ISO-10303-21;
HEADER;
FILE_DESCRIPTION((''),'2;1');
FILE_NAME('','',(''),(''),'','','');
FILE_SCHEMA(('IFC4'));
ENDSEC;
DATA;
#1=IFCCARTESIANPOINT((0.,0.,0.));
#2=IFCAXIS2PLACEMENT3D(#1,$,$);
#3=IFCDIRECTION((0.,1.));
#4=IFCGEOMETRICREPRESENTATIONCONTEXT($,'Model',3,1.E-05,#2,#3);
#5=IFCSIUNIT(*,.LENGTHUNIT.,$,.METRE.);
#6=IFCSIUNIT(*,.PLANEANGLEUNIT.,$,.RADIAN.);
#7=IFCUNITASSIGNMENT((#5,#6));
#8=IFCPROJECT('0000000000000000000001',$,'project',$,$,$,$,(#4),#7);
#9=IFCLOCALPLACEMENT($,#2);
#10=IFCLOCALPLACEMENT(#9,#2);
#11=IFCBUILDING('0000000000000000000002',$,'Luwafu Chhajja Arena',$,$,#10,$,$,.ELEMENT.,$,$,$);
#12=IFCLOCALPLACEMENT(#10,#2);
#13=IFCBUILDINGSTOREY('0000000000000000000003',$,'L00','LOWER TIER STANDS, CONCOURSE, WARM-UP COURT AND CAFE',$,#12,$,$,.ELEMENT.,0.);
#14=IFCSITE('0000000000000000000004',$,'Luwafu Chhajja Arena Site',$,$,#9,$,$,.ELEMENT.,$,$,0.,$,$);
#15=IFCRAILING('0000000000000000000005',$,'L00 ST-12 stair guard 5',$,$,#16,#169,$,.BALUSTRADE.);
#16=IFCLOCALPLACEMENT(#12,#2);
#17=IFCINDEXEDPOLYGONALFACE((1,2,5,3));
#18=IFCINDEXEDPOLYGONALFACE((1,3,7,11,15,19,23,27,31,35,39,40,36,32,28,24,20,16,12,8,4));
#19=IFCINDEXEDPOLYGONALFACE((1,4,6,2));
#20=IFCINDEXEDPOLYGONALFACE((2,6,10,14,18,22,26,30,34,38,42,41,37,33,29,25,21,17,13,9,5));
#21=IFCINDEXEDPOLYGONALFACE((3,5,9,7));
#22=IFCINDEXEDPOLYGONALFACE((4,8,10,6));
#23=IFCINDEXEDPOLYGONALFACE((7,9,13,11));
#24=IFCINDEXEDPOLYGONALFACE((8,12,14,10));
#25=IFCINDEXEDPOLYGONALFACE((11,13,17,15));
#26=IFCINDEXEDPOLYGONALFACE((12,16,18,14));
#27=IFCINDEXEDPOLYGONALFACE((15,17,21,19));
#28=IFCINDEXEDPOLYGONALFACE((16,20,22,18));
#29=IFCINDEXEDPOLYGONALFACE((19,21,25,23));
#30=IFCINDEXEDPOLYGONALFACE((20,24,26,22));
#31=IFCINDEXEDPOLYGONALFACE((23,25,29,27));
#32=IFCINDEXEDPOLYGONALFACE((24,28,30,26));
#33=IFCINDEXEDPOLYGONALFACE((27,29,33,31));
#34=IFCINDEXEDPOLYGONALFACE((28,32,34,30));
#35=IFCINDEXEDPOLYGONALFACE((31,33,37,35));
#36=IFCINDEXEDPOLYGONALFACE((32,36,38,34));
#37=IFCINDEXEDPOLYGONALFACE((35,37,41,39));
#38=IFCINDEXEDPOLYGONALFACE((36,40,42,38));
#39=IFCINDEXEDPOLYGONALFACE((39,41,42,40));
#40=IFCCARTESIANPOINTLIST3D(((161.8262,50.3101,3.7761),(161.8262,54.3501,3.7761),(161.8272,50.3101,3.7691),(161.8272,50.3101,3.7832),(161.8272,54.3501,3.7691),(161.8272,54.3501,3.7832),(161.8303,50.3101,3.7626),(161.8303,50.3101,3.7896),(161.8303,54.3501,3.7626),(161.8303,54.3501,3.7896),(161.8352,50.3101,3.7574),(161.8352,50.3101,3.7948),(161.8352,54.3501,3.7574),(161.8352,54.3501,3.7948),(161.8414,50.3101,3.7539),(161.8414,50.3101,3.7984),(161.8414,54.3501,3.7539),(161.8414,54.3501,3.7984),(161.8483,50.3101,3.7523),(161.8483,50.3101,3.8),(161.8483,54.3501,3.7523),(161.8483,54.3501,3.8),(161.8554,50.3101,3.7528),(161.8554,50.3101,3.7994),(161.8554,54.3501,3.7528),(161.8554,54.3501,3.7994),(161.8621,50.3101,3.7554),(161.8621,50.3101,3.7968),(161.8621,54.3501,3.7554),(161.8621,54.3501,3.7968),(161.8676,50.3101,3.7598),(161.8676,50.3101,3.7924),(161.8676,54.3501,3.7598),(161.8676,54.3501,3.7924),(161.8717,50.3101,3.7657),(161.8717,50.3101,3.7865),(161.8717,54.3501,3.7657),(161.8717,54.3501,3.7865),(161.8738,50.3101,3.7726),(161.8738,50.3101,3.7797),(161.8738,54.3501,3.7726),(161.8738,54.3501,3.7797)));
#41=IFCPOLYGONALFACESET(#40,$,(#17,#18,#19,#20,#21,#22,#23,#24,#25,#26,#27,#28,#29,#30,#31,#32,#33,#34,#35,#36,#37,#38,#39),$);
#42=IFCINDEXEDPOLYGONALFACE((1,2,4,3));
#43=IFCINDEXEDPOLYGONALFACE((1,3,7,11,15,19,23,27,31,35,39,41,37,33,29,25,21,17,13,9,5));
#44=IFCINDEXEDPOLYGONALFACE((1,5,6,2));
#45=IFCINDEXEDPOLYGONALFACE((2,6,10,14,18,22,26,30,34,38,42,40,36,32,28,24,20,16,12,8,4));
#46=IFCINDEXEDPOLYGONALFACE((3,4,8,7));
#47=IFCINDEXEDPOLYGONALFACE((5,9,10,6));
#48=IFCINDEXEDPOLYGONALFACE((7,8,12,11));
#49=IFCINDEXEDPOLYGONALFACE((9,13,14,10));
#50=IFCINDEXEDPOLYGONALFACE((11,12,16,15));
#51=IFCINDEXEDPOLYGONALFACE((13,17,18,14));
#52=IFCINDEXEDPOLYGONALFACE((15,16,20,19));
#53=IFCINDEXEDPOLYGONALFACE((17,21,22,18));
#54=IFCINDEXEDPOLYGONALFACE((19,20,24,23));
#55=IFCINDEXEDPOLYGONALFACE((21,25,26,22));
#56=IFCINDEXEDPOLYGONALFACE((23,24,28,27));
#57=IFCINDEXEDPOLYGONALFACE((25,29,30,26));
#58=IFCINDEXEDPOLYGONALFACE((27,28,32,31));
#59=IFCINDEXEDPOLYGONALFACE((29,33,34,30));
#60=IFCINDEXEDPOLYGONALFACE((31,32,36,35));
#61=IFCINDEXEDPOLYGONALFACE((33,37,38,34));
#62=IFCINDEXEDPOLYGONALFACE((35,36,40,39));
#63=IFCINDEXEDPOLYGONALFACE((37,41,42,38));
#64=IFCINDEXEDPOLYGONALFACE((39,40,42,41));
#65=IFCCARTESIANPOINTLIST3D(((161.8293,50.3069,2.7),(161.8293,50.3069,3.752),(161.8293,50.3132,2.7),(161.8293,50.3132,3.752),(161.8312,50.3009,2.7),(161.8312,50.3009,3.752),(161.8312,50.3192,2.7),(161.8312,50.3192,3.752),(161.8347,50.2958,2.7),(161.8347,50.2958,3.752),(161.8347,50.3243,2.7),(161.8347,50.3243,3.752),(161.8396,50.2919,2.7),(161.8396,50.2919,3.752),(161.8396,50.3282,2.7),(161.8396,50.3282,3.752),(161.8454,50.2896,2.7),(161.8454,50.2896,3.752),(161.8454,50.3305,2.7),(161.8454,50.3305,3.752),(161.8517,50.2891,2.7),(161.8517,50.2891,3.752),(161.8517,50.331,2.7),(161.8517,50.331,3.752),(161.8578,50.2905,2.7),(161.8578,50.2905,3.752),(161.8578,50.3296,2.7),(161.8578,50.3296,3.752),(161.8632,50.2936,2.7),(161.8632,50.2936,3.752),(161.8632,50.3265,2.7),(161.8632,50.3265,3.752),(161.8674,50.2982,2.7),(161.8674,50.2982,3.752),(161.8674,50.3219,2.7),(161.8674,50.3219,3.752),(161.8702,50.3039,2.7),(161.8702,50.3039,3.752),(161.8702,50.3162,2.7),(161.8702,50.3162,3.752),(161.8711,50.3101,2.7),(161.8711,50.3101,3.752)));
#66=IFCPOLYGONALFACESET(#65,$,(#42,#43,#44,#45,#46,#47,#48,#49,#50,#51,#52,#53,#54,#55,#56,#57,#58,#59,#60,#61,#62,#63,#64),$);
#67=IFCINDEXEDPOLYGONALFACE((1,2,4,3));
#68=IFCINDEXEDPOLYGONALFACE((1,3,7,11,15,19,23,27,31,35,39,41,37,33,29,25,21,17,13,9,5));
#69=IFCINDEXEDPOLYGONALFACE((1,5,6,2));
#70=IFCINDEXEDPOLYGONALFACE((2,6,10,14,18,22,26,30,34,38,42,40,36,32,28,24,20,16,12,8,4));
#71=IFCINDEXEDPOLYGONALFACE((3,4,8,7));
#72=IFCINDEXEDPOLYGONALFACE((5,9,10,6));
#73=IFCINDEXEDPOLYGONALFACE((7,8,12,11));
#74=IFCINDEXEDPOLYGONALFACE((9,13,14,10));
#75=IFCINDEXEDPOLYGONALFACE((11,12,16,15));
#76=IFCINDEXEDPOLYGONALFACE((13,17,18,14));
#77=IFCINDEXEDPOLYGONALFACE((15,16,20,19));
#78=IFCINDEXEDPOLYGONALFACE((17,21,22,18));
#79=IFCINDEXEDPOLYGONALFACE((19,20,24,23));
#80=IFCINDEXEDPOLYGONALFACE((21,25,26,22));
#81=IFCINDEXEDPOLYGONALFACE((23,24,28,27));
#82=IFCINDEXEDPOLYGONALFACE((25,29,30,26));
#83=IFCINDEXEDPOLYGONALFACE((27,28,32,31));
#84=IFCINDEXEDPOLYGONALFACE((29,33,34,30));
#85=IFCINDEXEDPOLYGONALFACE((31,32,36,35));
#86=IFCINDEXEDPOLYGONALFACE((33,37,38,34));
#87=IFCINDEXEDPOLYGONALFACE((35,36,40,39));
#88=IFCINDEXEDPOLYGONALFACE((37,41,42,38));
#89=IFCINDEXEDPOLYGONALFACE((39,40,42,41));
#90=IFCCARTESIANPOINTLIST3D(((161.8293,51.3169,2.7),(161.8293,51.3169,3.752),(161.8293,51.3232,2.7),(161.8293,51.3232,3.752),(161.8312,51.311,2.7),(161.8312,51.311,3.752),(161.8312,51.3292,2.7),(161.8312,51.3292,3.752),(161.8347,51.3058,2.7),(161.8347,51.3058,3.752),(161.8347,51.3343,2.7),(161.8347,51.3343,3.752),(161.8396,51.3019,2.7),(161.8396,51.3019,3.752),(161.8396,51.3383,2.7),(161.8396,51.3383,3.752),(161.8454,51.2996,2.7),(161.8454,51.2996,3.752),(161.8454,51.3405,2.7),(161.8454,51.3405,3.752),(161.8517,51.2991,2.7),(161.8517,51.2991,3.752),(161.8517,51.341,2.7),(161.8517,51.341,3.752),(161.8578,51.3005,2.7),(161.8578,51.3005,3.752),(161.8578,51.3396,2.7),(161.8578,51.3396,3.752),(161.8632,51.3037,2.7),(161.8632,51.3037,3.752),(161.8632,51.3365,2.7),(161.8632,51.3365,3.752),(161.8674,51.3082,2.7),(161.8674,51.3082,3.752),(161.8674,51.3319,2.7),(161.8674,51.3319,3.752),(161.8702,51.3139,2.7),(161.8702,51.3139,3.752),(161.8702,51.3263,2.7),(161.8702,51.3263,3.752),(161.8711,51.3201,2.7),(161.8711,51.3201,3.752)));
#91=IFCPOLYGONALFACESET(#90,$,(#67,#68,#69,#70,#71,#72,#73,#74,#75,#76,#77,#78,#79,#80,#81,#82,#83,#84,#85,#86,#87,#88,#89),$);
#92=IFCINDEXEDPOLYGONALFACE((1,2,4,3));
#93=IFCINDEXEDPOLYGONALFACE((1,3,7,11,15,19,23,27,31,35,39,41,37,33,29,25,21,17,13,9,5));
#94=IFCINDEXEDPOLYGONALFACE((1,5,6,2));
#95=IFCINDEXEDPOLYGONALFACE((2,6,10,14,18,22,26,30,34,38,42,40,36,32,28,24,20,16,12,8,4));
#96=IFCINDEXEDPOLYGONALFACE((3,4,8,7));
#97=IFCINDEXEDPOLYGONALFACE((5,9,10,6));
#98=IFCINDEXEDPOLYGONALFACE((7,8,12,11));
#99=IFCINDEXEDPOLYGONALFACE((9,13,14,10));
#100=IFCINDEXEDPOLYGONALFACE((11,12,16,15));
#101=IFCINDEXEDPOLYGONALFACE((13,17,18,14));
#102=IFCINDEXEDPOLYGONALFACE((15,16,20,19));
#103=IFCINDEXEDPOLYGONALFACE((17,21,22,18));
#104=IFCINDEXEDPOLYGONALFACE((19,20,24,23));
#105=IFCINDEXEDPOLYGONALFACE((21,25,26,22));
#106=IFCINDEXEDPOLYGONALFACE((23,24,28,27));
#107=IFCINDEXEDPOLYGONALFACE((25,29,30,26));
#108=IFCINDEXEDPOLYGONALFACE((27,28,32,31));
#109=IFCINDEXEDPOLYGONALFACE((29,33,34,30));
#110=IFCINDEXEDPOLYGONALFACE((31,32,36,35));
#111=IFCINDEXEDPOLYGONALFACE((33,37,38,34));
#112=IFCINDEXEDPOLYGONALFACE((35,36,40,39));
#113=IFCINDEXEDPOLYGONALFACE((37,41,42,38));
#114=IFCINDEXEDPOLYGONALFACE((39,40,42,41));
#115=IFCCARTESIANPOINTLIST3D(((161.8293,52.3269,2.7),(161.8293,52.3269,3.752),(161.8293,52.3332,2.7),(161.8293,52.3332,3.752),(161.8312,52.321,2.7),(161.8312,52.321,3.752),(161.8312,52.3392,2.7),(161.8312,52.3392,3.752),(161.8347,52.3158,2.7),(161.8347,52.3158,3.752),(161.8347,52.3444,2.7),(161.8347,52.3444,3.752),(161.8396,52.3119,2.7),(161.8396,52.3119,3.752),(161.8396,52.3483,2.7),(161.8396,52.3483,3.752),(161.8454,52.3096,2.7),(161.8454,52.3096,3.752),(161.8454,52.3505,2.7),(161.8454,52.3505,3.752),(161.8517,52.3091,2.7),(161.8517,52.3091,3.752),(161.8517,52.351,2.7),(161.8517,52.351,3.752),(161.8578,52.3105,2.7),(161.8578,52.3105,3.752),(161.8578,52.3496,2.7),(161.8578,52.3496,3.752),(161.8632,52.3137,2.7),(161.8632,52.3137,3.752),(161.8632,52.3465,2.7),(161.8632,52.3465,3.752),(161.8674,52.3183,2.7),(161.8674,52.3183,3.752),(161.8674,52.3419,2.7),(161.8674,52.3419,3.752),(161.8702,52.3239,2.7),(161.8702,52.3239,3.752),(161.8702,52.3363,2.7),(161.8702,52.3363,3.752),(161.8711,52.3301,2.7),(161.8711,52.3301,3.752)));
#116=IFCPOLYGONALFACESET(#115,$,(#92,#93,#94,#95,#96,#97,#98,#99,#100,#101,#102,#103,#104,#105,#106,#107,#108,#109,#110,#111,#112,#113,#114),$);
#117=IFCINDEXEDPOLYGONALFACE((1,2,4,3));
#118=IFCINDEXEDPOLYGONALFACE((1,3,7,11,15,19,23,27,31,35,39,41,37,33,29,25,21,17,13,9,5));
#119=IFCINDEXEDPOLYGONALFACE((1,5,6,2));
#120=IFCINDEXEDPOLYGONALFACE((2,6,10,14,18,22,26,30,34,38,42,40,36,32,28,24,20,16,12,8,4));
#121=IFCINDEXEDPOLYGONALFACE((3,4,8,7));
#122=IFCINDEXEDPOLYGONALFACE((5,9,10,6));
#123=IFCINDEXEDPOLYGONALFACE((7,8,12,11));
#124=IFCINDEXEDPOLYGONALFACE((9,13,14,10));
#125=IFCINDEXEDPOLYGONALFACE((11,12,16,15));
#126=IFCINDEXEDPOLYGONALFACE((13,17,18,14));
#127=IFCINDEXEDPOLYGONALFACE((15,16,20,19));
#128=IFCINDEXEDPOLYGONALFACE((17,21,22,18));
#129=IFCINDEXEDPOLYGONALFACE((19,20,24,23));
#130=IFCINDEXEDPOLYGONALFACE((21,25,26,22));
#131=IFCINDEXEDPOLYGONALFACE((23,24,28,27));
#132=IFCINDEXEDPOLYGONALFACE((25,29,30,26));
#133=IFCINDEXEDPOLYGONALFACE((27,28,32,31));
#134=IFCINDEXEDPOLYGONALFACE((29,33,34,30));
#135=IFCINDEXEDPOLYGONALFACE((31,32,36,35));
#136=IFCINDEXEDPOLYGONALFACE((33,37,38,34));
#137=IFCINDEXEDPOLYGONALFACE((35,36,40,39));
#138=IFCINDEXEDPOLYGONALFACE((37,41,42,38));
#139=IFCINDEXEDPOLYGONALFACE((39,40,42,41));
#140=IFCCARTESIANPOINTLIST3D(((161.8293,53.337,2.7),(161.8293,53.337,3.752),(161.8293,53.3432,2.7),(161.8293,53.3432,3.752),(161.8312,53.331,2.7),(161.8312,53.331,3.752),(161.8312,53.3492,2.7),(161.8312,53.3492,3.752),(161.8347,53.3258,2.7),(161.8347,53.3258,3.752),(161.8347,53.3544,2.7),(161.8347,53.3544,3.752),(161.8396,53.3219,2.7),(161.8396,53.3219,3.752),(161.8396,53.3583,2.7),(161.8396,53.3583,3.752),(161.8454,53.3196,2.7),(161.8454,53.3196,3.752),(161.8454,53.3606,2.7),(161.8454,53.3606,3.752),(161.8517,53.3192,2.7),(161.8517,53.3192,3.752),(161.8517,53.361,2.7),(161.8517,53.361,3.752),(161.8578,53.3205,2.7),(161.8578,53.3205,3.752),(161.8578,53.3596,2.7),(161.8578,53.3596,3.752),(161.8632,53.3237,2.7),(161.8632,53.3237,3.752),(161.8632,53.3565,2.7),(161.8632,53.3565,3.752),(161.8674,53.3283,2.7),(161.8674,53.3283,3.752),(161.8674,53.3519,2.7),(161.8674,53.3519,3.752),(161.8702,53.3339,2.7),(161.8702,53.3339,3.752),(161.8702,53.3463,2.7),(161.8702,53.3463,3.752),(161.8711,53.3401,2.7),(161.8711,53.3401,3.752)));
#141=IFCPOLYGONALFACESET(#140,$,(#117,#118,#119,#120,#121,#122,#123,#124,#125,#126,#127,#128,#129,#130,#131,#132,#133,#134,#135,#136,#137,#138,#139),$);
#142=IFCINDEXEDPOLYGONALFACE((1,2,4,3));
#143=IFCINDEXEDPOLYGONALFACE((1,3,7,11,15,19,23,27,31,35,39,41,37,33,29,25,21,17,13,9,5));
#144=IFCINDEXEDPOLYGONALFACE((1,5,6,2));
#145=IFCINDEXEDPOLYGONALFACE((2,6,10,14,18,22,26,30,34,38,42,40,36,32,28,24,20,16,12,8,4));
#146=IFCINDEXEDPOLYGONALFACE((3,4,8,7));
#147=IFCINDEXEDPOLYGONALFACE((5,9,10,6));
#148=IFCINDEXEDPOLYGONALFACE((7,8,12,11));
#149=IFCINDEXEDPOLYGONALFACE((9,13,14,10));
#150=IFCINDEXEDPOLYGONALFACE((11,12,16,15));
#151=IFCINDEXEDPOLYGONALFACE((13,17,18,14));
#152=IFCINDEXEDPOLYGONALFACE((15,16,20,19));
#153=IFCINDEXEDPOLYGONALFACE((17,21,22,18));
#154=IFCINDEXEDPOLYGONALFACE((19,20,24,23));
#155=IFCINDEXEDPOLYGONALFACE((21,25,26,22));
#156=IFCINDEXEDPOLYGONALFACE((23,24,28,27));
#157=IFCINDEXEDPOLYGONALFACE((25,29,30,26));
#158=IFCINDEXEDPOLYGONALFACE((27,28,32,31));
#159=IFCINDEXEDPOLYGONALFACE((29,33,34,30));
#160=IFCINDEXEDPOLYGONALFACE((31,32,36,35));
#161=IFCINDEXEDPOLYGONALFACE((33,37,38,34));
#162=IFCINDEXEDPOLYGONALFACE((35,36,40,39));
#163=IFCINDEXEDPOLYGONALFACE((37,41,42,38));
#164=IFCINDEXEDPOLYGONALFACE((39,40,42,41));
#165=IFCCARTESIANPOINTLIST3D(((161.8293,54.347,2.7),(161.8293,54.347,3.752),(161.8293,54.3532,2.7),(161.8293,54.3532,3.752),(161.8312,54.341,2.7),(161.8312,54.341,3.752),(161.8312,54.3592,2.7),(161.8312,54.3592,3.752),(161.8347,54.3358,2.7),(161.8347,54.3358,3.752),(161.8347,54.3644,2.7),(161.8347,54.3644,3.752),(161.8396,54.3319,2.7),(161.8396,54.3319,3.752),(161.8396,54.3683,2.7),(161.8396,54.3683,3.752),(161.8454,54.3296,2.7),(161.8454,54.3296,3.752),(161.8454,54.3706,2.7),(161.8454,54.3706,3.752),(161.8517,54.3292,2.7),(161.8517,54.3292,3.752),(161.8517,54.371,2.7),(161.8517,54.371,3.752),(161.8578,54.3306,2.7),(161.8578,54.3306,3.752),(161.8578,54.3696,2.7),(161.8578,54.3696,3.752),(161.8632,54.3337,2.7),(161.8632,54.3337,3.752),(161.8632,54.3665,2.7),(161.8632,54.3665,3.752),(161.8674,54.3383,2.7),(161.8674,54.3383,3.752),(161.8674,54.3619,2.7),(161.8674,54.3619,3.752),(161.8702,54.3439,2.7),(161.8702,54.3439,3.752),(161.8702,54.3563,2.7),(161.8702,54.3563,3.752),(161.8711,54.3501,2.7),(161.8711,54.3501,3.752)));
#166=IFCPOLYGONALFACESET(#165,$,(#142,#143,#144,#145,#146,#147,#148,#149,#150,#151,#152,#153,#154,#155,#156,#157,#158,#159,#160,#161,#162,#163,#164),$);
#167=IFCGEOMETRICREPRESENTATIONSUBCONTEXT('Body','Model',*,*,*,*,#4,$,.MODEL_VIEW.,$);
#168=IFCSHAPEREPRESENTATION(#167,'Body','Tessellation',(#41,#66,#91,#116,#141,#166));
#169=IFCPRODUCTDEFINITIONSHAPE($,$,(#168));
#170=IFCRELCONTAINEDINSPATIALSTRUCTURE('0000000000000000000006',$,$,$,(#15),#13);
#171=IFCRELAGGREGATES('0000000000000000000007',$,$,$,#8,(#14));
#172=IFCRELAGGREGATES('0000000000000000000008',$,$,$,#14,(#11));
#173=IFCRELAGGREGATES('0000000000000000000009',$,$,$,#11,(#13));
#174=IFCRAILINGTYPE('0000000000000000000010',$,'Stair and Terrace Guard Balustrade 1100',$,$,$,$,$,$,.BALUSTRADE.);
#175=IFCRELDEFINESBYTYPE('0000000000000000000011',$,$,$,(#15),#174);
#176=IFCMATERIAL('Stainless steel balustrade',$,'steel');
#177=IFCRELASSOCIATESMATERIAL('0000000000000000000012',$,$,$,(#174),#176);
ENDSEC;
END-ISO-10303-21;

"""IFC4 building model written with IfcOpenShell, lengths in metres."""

from ifc_helpers import new_model, si_unit, direction, frame, origin, origin_2d, place, context, subcontext, project, spatial, circle, extrude, material, type_object, element, save


model = new_model("IFC4")

# Units and contexts
model_context = context("Model", 3, precision=1e-05, world=origin(), true_north=direction((0.0, 1.0)))
body_context = subcontext(model_context, "Body", "Model", "MODEL_VIEW")
ifc_project = project(units=[si_unit("LENGTHUNIT", "METRE"), si_unit("PLANEANGLEUNIT", "RADIAN")], contexts=[model_context])

# Site, building, storey
site_placement = place(None, origin())
site = spatial("IfcSite", under=ifc_project, at=site_placement, Name="Luwafu Chhajja Arena Site", CompositionType="ELEMENT", RefElevation=0.0)
building_placement = place(site_placement, origin())
building = spatial("IfcBuilding", under=site, at=building_placement, Name="Luwafu Chhajja Arena", CompositionType="ELEMENT")
storey_placement = place(building_placement, origin())
storey = spatial("IfcBuildingStorey", under=building, at=storey_placement, Name="L00", Description="LOWER TIER STANDS, CONCOURSE, WARM-UP COURT AND CAFE", CompositionType="ELEMENT", Elevation=0.0)

# Railing
ifc_material_1 = material(Name="Stainless steel balustrade", Category="steel")
railing_type_1 = type_object("IfcRailingType", Name="Stair and Terrace Guard Balustrade 1100", PredefinedType="BALUSTRADE", material=ifc_material_1)
railing_1_placement = place(storey_placement, frame((161.8501, 50.3101, 2.7)))
element("IfcRailing", 1, at=railing_1_placement, inside=storey, type_object=railing_type_1, Name="L00 ST-12 stair guard 5", PredefinedType="BALUSTRADE", context=body_context, shape_type="SweptSolid", body=[
    extrude(circle(Radius=0.0239, at=origin_2d()), frame((0.0, 0.0, 1.0762), z_axis=(0.0, 1.0, 0.0), x_axis=(-1.0, 0.0, 0.0)), (0.0, 0.0, 1.0), 4.04),
    extrude(circle(Radius=0.021, at=origin_2d()), origin(), (0.0, 0.0, 1.0), 1.052),
    extrude(circle(Radius=0.021, at=origin_2d()), frame((0.0, 1.01, 0.0)), (0.0, 0.0, 1.0), 1.052),
    extrude(circle(Radius=0.021, at=origin_2d()), frame((0.0, 2.02, 0.0)), (0.0, 0.0, 1.0), 1.052),
    extrude(circle(Radius=0.021, at=origin_2d()), frame((0.0, 3.03, 0.0)), (0.0, 0.0, 1.0), 1.052),
    extrude(circle(Radius=0.021, at=origin_2d()), frame((0.0, 4.04, 0.0)), (0.0, 0.0, 1.0), 1.052),
])

save(model, "model.ifc")
